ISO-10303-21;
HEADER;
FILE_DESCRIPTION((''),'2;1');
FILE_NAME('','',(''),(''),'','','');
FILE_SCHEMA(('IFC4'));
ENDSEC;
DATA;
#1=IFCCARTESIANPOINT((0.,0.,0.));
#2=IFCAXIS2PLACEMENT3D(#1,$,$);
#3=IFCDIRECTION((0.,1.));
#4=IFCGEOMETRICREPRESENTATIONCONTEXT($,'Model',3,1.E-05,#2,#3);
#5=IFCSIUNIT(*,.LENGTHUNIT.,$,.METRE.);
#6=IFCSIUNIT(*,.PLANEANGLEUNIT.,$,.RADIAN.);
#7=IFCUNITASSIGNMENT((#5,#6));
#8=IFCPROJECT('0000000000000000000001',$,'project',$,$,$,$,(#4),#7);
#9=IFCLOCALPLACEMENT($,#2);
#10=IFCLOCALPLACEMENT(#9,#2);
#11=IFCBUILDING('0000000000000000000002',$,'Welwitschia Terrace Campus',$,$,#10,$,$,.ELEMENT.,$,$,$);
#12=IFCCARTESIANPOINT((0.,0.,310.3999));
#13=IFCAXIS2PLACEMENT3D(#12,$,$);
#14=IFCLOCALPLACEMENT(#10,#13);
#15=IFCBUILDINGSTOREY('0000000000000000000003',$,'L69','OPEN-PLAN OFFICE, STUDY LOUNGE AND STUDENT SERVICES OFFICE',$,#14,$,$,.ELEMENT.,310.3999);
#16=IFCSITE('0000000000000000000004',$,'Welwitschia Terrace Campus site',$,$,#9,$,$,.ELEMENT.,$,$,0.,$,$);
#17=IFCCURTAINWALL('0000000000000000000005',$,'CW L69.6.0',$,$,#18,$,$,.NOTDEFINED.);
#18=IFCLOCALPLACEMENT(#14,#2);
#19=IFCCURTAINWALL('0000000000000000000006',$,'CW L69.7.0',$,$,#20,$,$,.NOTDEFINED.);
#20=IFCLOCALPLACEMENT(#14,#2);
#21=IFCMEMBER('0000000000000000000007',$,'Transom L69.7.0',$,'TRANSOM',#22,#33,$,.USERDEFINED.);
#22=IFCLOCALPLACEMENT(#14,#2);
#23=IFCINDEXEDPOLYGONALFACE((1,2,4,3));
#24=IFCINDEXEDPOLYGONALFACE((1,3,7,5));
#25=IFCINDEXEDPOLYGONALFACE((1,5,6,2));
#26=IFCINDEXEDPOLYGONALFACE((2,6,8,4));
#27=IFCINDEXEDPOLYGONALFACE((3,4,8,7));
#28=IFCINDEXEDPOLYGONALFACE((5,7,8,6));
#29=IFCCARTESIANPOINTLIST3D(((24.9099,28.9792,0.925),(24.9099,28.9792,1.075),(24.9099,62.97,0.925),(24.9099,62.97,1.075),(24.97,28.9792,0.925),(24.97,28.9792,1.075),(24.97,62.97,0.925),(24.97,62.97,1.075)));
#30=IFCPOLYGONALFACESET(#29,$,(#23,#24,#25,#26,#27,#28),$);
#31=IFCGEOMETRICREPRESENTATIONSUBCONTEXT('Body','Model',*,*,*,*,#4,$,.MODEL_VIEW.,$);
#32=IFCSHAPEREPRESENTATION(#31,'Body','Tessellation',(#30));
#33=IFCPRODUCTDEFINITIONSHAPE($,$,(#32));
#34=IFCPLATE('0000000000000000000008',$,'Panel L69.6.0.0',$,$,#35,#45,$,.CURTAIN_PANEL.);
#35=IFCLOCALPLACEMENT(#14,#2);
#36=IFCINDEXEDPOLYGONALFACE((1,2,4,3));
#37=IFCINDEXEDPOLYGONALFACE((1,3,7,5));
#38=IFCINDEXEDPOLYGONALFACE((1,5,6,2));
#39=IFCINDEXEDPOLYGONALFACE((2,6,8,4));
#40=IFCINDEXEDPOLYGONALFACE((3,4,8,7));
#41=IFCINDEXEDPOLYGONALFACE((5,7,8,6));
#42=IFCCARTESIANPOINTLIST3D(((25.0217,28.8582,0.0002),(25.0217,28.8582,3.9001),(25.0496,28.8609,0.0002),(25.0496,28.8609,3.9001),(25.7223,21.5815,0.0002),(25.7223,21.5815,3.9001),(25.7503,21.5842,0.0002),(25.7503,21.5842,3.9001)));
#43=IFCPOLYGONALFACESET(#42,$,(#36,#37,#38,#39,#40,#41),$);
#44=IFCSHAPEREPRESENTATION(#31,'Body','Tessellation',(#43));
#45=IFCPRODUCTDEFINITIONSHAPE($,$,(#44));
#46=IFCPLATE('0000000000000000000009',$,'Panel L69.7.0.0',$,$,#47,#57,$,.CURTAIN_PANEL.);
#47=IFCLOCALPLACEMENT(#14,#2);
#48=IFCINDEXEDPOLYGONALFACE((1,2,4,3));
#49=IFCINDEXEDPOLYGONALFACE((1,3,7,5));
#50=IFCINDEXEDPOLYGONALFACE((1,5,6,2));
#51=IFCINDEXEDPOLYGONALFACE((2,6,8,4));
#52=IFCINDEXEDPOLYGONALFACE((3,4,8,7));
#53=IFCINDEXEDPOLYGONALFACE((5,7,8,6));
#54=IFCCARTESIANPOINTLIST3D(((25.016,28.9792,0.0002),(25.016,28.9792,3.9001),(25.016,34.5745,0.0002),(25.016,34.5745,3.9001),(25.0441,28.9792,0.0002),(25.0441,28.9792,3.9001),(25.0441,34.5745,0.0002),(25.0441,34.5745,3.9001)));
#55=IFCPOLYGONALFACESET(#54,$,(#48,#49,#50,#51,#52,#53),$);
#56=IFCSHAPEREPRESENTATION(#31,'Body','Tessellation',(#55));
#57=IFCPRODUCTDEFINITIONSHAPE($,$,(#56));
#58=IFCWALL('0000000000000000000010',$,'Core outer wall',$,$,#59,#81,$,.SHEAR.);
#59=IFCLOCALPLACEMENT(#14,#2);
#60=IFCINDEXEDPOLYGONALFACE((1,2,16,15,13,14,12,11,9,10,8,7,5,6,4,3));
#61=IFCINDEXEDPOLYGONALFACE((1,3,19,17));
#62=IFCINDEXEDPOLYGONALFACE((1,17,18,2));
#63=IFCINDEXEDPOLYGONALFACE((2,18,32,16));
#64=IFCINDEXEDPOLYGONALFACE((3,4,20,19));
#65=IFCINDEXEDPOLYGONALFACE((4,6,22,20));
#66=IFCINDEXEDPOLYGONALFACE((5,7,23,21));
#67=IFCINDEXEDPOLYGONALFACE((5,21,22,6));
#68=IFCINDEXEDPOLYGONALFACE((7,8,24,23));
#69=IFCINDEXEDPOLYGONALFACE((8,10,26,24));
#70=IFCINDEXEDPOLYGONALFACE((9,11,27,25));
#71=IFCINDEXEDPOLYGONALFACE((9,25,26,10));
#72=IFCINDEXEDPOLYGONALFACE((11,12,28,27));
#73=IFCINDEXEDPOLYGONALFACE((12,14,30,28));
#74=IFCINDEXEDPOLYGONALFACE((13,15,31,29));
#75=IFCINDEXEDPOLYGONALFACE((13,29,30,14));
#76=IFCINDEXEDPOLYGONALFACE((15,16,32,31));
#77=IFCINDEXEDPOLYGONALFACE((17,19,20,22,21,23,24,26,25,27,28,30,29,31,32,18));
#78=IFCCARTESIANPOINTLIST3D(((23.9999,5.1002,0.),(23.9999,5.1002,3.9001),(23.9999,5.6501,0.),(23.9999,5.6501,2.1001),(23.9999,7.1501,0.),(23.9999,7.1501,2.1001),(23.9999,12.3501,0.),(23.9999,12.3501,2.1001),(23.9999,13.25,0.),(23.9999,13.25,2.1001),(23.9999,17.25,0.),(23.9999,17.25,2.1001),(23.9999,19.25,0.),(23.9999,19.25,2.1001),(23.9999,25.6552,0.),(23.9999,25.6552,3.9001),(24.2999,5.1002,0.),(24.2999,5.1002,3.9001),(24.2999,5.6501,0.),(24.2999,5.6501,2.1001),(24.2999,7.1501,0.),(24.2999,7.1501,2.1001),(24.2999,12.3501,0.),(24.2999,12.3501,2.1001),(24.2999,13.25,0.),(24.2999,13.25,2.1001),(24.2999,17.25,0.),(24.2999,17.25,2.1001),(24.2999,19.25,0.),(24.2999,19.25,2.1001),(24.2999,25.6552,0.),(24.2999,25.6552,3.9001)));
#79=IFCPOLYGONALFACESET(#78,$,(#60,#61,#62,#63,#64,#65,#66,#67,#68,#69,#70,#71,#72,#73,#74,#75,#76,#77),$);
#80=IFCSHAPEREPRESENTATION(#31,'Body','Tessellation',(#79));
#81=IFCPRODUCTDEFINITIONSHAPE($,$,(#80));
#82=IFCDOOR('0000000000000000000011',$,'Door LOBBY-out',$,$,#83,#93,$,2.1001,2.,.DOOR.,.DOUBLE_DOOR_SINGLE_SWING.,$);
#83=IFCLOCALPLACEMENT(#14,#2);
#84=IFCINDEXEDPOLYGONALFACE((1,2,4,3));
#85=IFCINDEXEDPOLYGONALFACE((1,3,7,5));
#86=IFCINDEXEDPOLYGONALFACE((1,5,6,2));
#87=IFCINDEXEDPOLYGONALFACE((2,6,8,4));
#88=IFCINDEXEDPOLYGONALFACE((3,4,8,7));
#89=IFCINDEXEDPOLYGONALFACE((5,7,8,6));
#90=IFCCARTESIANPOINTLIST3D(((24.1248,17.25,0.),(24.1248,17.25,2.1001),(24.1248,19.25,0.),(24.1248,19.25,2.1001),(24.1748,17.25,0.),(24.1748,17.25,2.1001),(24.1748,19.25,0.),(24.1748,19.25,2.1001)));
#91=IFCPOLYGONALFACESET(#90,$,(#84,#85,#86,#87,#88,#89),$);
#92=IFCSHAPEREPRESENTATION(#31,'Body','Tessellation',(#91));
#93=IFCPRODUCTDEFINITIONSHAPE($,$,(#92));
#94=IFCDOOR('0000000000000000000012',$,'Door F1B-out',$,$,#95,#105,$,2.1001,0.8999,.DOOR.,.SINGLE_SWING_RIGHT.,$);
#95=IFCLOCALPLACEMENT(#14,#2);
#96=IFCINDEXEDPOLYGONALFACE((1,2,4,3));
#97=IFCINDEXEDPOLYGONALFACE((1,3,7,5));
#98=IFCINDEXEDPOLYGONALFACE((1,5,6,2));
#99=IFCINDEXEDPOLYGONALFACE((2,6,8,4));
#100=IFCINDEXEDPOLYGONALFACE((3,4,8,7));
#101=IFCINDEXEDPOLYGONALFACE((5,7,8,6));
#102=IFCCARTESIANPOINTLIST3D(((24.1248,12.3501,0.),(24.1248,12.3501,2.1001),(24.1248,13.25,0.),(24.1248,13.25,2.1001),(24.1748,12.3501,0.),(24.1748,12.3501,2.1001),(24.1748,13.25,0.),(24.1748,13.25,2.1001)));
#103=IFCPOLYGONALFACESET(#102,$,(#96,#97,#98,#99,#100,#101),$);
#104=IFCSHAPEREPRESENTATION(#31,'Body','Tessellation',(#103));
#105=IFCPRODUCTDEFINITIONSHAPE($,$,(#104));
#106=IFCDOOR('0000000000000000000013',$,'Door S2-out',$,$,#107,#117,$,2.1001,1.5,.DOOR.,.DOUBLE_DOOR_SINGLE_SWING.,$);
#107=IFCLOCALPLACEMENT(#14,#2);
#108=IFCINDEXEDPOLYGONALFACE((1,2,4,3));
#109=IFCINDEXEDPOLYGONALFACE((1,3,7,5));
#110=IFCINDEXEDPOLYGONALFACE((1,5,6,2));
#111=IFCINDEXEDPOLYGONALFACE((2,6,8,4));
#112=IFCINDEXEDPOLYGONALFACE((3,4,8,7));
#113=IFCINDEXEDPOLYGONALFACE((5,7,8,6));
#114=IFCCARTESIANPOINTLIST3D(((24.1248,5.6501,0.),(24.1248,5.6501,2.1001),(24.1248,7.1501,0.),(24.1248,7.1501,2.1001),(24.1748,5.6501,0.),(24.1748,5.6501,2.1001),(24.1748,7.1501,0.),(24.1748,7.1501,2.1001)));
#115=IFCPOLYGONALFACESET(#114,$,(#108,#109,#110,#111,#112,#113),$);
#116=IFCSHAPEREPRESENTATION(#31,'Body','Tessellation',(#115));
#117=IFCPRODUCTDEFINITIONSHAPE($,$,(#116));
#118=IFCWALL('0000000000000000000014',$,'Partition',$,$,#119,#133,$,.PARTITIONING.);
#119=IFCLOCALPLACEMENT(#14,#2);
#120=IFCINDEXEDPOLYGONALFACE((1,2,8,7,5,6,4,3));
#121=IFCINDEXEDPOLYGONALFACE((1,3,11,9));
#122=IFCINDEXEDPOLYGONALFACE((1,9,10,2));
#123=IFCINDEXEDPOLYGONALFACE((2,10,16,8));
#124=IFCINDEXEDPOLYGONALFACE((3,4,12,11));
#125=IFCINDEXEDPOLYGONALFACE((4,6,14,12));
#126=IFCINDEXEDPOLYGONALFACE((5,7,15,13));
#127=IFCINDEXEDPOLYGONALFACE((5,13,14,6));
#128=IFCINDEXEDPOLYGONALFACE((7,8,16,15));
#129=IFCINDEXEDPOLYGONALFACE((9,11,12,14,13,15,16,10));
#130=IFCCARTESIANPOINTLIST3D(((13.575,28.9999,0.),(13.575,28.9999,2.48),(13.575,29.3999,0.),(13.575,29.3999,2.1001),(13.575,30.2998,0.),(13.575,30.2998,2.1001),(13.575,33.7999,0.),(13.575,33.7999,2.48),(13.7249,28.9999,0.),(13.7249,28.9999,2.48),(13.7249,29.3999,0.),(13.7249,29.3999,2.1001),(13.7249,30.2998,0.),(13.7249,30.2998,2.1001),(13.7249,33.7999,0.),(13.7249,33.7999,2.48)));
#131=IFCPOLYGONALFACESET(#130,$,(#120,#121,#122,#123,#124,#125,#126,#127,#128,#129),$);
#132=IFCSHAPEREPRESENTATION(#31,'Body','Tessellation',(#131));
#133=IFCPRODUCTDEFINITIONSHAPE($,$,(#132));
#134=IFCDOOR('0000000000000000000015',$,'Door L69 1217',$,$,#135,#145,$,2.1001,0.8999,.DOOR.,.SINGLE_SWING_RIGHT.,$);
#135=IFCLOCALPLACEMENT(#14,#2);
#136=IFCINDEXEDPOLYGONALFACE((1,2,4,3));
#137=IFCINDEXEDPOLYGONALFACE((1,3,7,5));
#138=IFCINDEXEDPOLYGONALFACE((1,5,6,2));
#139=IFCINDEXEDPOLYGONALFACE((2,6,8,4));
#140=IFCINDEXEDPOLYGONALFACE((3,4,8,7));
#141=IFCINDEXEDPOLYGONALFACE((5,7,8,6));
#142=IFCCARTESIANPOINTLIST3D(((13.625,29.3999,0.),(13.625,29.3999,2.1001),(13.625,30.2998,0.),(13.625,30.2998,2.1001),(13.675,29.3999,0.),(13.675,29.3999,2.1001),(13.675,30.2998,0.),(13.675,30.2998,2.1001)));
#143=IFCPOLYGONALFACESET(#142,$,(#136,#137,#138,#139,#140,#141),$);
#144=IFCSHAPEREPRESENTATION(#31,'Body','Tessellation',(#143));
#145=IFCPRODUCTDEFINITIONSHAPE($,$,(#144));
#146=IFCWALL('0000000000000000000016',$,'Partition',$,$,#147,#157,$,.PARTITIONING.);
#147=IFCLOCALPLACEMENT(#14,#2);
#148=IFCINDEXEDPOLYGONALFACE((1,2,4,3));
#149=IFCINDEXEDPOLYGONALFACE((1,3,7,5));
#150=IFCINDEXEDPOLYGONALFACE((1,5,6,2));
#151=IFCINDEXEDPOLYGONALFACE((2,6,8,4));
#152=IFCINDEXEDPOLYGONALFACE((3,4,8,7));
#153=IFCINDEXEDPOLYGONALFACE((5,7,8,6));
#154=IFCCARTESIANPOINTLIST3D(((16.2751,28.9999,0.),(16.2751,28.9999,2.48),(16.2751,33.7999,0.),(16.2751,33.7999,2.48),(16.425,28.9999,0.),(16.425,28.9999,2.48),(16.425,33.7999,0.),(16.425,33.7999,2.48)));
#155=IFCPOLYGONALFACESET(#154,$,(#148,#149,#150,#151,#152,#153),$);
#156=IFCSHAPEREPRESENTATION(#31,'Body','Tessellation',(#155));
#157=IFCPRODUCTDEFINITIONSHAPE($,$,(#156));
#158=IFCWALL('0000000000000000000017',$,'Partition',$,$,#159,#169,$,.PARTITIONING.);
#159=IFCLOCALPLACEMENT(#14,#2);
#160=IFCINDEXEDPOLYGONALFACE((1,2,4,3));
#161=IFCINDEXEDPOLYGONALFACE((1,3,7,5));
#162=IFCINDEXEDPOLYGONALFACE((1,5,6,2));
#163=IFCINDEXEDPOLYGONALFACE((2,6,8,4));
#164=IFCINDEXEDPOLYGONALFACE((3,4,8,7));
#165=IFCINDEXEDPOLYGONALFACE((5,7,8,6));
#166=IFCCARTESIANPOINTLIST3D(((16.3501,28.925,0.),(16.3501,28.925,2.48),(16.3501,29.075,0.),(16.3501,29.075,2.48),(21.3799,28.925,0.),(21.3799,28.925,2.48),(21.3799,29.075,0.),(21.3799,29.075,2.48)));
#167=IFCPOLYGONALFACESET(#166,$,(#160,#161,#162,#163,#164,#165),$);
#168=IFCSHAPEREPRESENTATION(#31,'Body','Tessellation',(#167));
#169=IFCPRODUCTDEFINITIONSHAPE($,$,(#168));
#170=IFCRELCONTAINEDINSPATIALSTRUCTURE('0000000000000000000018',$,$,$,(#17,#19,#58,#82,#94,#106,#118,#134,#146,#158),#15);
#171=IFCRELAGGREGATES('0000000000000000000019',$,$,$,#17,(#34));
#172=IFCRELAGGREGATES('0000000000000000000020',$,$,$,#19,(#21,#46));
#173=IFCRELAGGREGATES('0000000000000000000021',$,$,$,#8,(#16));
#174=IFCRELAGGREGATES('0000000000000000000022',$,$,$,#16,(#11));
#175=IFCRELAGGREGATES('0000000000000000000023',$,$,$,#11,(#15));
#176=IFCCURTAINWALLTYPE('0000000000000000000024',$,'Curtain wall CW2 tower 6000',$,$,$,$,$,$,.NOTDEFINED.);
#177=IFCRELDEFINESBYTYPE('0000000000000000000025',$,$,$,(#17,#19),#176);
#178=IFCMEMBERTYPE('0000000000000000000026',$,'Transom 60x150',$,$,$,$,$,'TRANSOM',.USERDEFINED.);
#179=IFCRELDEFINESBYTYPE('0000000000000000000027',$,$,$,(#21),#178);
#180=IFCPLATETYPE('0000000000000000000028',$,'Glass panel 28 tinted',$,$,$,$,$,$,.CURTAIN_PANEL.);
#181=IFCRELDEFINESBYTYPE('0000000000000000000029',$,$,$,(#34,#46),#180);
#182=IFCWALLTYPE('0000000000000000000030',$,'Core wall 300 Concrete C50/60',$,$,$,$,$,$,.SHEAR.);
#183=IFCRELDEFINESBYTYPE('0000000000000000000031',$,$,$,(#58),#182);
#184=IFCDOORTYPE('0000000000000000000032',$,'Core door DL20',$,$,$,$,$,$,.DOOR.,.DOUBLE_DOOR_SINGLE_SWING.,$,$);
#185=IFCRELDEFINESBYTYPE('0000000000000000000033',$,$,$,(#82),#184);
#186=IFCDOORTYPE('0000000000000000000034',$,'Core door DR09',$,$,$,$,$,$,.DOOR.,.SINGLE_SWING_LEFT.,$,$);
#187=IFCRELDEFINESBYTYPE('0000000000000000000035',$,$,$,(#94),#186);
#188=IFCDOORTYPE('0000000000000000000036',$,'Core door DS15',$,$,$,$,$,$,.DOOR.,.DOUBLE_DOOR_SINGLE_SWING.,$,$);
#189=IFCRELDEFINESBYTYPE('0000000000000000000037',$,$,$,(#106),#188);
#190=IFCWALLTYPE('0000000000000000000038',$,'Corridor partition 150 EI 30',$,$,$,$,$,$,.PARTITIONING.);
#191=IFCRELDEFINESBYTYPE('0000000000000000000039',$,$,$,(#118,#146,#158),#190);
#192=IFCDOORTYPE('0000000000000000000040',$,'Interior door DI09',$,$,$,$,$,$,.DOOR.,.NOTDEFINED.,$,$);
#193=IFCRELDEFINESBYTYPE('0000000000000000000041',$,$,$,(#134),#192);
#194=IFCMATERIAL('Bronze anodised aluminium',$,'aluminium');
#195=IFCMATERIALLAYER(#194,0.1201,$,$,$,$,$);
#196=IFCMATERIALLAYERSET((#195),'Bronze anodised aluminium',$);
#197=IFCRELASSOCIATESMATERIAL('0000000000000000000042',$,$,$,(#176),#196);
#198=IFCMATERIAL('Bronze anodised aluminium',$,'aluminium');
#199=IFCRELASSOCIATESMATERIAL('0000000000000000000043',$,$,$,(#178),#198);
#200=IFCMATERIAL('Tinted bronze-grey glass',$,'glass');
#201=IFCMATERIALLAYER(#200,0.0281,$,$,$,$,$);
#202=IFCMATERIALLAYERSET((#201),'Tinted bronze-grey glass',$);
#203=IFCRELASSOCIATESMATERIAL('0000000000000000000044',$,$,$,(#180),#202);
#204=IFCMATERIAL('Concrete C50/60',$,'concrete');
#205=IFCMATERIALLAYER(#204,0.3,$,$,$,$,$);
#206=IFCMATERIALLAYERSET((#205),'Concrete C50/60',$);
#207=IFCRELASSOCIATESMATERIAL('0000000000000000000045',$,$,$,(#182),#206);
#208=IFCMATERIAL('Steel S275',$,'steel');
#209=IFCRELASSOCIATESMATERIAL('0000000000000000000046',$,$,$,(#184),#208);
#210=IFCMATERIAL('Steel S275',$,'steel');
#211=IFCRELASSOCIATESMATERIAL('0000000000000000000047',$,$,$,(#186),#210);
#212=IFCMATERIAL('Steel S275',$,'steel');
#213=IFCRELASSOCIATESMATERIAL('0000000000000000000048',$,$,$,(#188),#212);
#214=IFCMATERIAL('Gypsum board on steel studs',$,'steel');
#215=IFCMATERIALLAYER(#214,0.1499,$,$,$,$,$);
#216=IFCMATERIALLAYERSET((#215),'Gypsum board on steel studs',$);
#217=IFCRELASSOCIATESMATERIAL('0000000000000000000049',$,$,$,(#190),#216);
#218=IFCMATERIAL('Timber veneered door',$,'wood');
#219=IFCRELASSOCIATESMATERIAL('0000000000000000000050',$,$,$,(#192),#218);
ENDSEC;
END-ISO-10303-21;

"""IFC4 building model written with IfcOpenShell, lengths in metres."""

from ifc_helpers import new_model, si_unit, direction, frame, frame_2d, origin, origin_2d, place, context, subcontext, project, spatial, rectangle, extrude, material, layer, layer_set, material_profile, profile_set, type_object, element, fill, aggregate, save


model = new_model("IFC4")

# Units and contexts
model_context = context("Model", 3, precision=1e-05, world=origin(), true_north=direction((0.0, 1.0)))
body_context = subcontext(model_context, "Body", "Model", "MODEL_VIEW")
ifc_project = project(units=[si_unit("LENGTHUNIT", "METRE"), si_unit("PLANEANGLEUNIT", "RADIAN")], contexts=[model_context])

# Site, building, storey
site_placement = place(None, origin())
site = spatial("IfcSite", under=ifc_project, at=site_placement, Name="Welwitschia Terrace Campus site", CompositionType="ELEMENT", RefElevation=0.0)
building_placement = place(site_placement, origin())
building = spatial("IfcBuilding", under=site, at=building_placement, Name="Welwitschia Terrace Campus", CompositionType="ELEMENT")
storey_placement = place(building_placement, frame((0.0, 0.0, 310.3999)))
storey = spatial("IfcBuildingStorey", under=building, at=storey_placement, Name="L69", Description="OPEN-PLAN OFFICE, STUDY LOUNGE AND STUDENT SERVICES OFFICE", CompositionType="ELEMENT", Elevation=310.3999)

# Curtain walls
ifc_material_1 = material(Name="Bronze anodised aluminium", Category="aluminium")
ifc_layer_1 = layer(ifc_material_1, 0.1201)
ifc_layer_set_1 = layer_set([ifc_layer_1], Name="Bronze anodised aluminium")
curtain_wall_type = type_object("IfcCurtainWallType", Name="Curtain wall CW2 tower 6000", PredefinedType="NOTDEFINED", material=ifc_layer_set_1)
curtain_wall_1_placement = place(storey_placement, origin())
curtain_wall_1 = element("IfcCurtainWall", 1, at=curtain_wall_1_placement, inside=storey, type_object=curtain_wall_type, Name="CW L69.6.0", PredefinedType="NOTDEFINED")
curtain_wall_2_placement = place(storey_placement, origin())
curtain_wall_2 = element("IfcCurtainWall", 2, at=curtain_wall_2_placement, inside=storey, type_object=curtain_wall_type, Name="CW L69.7.0", PredefinedType="NOTDEFINED")

# Member
ifc_material_2 = material(Name="Bronze anodised aluminium", Category="aluminium")
ifc_material_profile_1 = material_profile(ifc_material_2, rectangle(XDim=0.0601, YDim=0.1499, at=origin_2d()))
ifc_profile_set_1 = profile_set([ifc_material_profile_1], Name="Bronze anodised aluminium")
member_type_1 = type_object("IfcMemberType", Name="Transom 60x150", ElementType="TRANSOM", PredefinedType="USERDEFINED", material=ifc_profile_set_1)
member_1_placement = place(storey_placement, frame((24.9399, 28.9792, 1.0), z_axis=(0.0, 1.0, 0.0), x_axis=(-1.0, 0.0, 0.0)))
member_1 = element("IfcMember", 3, at=member_1_placement, type_object=member_type_1, Name="Transom L69.7.0", ObjectType="TRANSOM", PredefinedType="USERDEFINED", context=body_context, shape_type="SweptSolid", body=[
    extrude(rectangle(XDim=0.0601, YDim=0.1499, at=origin_2d()), origin(), (0.0, 0.0, 1.0), 33.9907),
])

# Plates
ifc_material_3 = material(Name="Tinted bronze-grey glass", Category="glass")
ifc_layer_2 = layer(ifc_material_3, 0.0281)
ifc_layer_set_2 = layer_set([ifc_layer_2], Name="Tinted bronze-grey glass")
plate_type = type_object("IfcPlateType", Name="Glass panel 28 tinted", PredefinedType="CURTAIN_PANEL", material=ifc_layer_set_2)
plate_1_placement = place(storey_placement, frame((25.386, 25.2212, 0.0002), z_axis=(0.0, 0.0, 1.0), x_axis=(-0.095846, 0.995396, 0.0)))
plate_1 = element("IfcPlate", 4, at=plate_1_placement, type_object=plate_type, Name="Panel L69.6.0.0", PredefinedType="CURTAIN_PANEL", context=body_context, shape_type="SweptSolid", body=[
    extrude(rectangle(XDim=7.3103, YDim=0.0281, at=origin_2d()), origin(), (0.0, 0.0, 1.0), 3.8999),
])
aggregate(curtain_wall_1, [plate_1])
plate_2_placement = place(storey_placement, frame((25.03, 31.7769, 0.0002), z_axis=(0.0, 0.0, 1.0), x_axis=(0.0, 1.0, 0.0)))
plate_2 = element("IfcPlate", 5, at=plate_2_placement, type_object=plate_type, Name="Panel L69.7.0.0", PredefinedType="CURTAIN_PANEL", context=body_context, shape_type="SweptSolid", body=[
    extrude(rectangle(XDim=5.5952, YDim=0.0281, at=origin_2d()), origin(), (0.0, 0.0, 1.0), 3.8999),
])
aggregate(curtain_wall_2, [member_1, plate_2])

# Wall, openings, doors
ifc_material_4 = material(Name="Concrete C50/60", Category="concrete")
ifc_layer_3 = layer(ifc_material_4, 0.3)
ifc_layer_set_3 = layer_set([ifc_layer_3], Name="Concrete C50/60")
wall_type_1 = type_object("IfcWallType", Name="Core wall 300 Concrete C50/60", PredefinedType="SHEAR", material=ifc_layer_set_3)
wall_1_placement = place(storey_placement, frame((24.1499, 25.655, 0.0), z_axis=(0.0, 0.0, 1.0), x_axis=(0.0, -1.0, 0.0)))
wall_1 = element("IfcWall", 6, at=wall_1_placement, inside=storey, type_object=wall_type_1, Name="Core outer wall", PredefinedType="SHEAR", context=body_context, shape_type="SweptSolid", body=[
    extrude(rectangle(XDim=20.5549, YDim=0.3, at=frame_2d((10.2773, 0.0))), origin(), (0.0, 0.0, 1.0), 3.9001),
])
opening_1_placement = place(wall_1_placement, frame((18.5049, 0.0, 0.0)))
opening_1 = element("IfcOpeningElement", 7, at=opening_1_placement, cuts=wall_1, PredefinedType="OPENING", context=body_context, shape_type="SweptSolid", body=[
    extrude(rectangle(XDim=1.5, YDim=2.1001, at=frame_2d((0.75, 1.05))), frame((0.0, 0.1599, 0.0), z_axis=(0.0, -1.0, 0.0), x_axis=(1.0, 0.0, 0.0)), (0.0, 0.0, 1.0), 0.3201),
])
opening_2_placement = place(wall_1_placement, frame((12.405, 0.0, 0.0)))
opening_2 = element("IfcOpeningElement", 8, at=opening_2_placement, cuts=wall_1, PredefinedType="OPENING", context=body_context, shape_type="SweptSolid", body=[
    extrude(rectangle(XDim=0.8999, YDim=2.1001, at=frame_2d((0.45, 1.05))), frame((0.0, 0.1599, 0.0), z_axis=(0.0, -1.0, 0.0), x_axis=(1.0, 0.0, 0.0)), (0.0, 0.0, 1.0), 0.3201),
])
opening_3_placement = place(wall_1_placement, frame((6.405, 0.0, 0.0)))
opening_3 = element("IfcOpeningElement", 9, at=opening_3_placement, cuts=wall_1, PredefinedType="OPENING", context=body_context, shape_type="SweptSolid", body=[
    extrude(rectangle(XDim=2.0, YDim=2.1001, at=frame_2d((1.0, 1.05))), frame((0.0, 0.1599, 0.0), z_axis=(0.0, -1.0, 0.0), x_axis=(1.0, 0.0, 0.0)), (0.0, 0.0, 1.0), 0.3201),
])
ifc_material_5 = material(Name="Steel S275", Category="steel")
door_type_1 = type_object("IfcDoorType", Name="Core door DL20", OperationType="DOUBLE_DOOR_SINGLE_SWING", PredefinedType="DOOR", material=ifc_material_5)
door_1_placement = place(opening_3_placement, origin())
door_1 = element("IfcDoor", 10, at=door_1_placement, inside=storey, type_object=door_type_1, Name="Door LOBBY-out", OperationType="DOUBLE_DOOR_SINGLE_SWING", OverallHeight=2.1001, OverallWidth=2.0, PredefinedType="DOOR", context=body_context, shape_type="SweptSolid", body=[
    extrude(rectangle(XDim=2.0, YDim=2.1001, at=frame_2d((1.0, 1.05))), frame((0.0, 0.0249, 0.0), z_axis=(0.0, -1.0, 0.0), x_axis=(1.0, 0.0, 0.0)), (0.0, 0.0, 1.0), 0.05),
])
fill(opening_3, door_1)
ifc_material_6 = material(Name="Steel S275", Category="steel")
door_type_2 = type_object("IfcDoorType", Name="Core door DR09", OperationType="SINGLE_SWING_LEFT", PredefinedType="DOOR", material=ifc_material_6)
door_2_placement = place(opening_2_placement, origin())
door_2 = element("IfcDoor", 11, at=door_2_placement, inside=storey, type_object=door_type_2, Name="Door F1B-out", OperationType="SINGLE_SWING_RIGHT", OverallHeight=2.1001, OverallWidth=0.8999, PredefinedType="DOOR", context=body_context, shape_type="SweptSolid", body=[
    extrude(rectangle(XDim=0.8999, YDim=2.1001, at=frame_2d((0.45, 1.05))), frame((0.0, 0.0249, 0.0), z_axis=(0.0, -1.0, 0.0), x_axis=(1.0, 0.0, 0.0)), (0.0, 0.0, 1.0), 0.05),
])
fill(opening_2, door_2)
ifc_material_7 = material(Name="Steel S275", Category="steel")
door_type_3 = type_object("IfcDoorType", Name="Core door DS15", OperationType="DOUBLE_DOOR_SINGLE_SWING", PredefinedType="DOOR", material=ifc_material_7)
door_3_placement = place(opening_1_placement, origin())
door_3 = element("IfcDoor", 12, at=door_3_placement, inside=storey, type_object=door_type_3, Name="Door S2-out", OperationType="DOUBLE_DOOR_SINGLE_SWING", OverallHeight=2.1001, OverallWidth=1.5, PredefinedType="DOOR", context=body_context, shape_type="SweptSolid", body=[
    extrude(rectangle(XDim=1.5, YDim=2.1001, at=frame_2d((0.75, 1.05))), frame((0.0, 0.0249, 0.0), z_axis=(0.0, -1.0, 0.0), x_axis=(1.0, 0.0, 0.0)), (0.0, 0.0, 1.0), 0.05),
])
fill(opening_1, door_3)

# Wall, opening, door
ifc_material_8 = material(Name="Gypsum board on steel studs", Category="steel")
ifc_layer_4 = layer(ifc_material_8, 0.1499)
ifc_layer_set_4 = layer_set([ifc_layer_4], Name="Gypsum board on steel studs")
wall_type_2 = type_object("IfcWallType", Name="Corridor partition 150 EI 30", PredefinedType="PARTITIONING", material=ifc_layer_set_4)
wall_2_placement = place(storey_placement, frame((13.6499, 29.0, 0.0), z_axis=(0.0, 0.0, 1.0), x_axis=(0.0, 1.0, 0.0)))
wall_2 = element("IfcWall", 13, at=wall_2_placement, inside=storey, type_object=wall_type_2, Name="Partition", PredefinedType="PARTITIONING", context=body_context, shape_type="SweptSolid", body=[
    extrude(rectangle(XDim=4.8, YDim=0.1499, at=frame_2d((2.3999, 0.0))), origin(), (0.0, 0.0, 1.0), 2.48),
])
opening_4_placement = place(wall_2_placement, frame((0.3999, 0.0, 0.0)))
opening_4 = element("IfcOpeningElement", 14, at=opening_4_placement, cuts=wall_2, PredefinedType="OPENING", context=body_context, shape_type="SweptSolid", body=[
    extrude(rectangle(XDim=0.8999, YDim=2.1001, at=frame_2d((0.45, 1.05))), frame((0.0, 0.085, 0.0), z_axis=(0.0, -1.0, 0.0), x_axis=(1.0, 0.0, 0.0)), (0.0, 0.0, 1.0), 0.1699),
])
ifc_material_9 = material(Name="Timber veneered door", Category="wood")
door_type_4 = type_object("IfcDoorType", Name="Interior door DI09", OperationType="NOTDEFINED", PredefinedType="DOOR", material=ifc_material_9)
door_4_placement = place(opening_4_placement, origin())
door_4 = element("IfcDoor", 15, at=door_4_placement, inside=storey, type_object=door_type_4, Name="Door L69 1217", OperationType="SINGLE_SWING_RIGHT", OverallHeight=2.1001, OverallWidth=0.8999, PredefinedType="DOOR", context=body_context, shape_type="SweptSolid", body=[
    extrude(rectangle(XDim=0.8999, YDim=2.1001, at=frame_2d((0.45, 1.05))), frame((0.0, 0.0249, 0.0), z_axis=(0.0, -1.0, 0.0), x_axis=(1.0, 0.0, 0.0)), (0.0, 0.0, 1.0), 0.05),
])
fill(opening_4, door_4)

# Walls
wall_3_placement = place(storey_placement, frame((16.3501, 29.0, 0.0), z_axis=(0.0, 0.0, 1.0), x_axis=(0.0, 1.0, 0.0)))
element("IfcWall", 16, at=wall_3_placement, inside=storey, type_object=wall_type_2, Name="Partition", PredefinedType="PARTITIONING", context=body_context, shape_type="SweptSolid", body=[
    extrude(rectangle(XDim=4.8, YDim=0.1499, at=frame_2d((2.3999, 0.0))), origin(), (0.0, 0.0, 1.0), 2.48),
])
wall_4_placement = place(storey_placement, frame((16.3501, 29.0, 0.0), z_axis=(0.0, 0.0, 1.0), x_axis=(1.0, 0.0, 0.0)))
element("IfcWall", 17, at=wall_4_placement, inside=storey, type_object=wall_type_2, Name="Partition", PredefinedType="PARTITIONING", context=body_context, shape_type="SweptSolid", body=[
    extrude(rectangle(XDim=5.0298, YDim=0.1499, at=frame_2d((2.5149, 0.0))), origin(), (0.0, 0.0, 1.0), 2.48),
])

save(model, "model.ifc")
